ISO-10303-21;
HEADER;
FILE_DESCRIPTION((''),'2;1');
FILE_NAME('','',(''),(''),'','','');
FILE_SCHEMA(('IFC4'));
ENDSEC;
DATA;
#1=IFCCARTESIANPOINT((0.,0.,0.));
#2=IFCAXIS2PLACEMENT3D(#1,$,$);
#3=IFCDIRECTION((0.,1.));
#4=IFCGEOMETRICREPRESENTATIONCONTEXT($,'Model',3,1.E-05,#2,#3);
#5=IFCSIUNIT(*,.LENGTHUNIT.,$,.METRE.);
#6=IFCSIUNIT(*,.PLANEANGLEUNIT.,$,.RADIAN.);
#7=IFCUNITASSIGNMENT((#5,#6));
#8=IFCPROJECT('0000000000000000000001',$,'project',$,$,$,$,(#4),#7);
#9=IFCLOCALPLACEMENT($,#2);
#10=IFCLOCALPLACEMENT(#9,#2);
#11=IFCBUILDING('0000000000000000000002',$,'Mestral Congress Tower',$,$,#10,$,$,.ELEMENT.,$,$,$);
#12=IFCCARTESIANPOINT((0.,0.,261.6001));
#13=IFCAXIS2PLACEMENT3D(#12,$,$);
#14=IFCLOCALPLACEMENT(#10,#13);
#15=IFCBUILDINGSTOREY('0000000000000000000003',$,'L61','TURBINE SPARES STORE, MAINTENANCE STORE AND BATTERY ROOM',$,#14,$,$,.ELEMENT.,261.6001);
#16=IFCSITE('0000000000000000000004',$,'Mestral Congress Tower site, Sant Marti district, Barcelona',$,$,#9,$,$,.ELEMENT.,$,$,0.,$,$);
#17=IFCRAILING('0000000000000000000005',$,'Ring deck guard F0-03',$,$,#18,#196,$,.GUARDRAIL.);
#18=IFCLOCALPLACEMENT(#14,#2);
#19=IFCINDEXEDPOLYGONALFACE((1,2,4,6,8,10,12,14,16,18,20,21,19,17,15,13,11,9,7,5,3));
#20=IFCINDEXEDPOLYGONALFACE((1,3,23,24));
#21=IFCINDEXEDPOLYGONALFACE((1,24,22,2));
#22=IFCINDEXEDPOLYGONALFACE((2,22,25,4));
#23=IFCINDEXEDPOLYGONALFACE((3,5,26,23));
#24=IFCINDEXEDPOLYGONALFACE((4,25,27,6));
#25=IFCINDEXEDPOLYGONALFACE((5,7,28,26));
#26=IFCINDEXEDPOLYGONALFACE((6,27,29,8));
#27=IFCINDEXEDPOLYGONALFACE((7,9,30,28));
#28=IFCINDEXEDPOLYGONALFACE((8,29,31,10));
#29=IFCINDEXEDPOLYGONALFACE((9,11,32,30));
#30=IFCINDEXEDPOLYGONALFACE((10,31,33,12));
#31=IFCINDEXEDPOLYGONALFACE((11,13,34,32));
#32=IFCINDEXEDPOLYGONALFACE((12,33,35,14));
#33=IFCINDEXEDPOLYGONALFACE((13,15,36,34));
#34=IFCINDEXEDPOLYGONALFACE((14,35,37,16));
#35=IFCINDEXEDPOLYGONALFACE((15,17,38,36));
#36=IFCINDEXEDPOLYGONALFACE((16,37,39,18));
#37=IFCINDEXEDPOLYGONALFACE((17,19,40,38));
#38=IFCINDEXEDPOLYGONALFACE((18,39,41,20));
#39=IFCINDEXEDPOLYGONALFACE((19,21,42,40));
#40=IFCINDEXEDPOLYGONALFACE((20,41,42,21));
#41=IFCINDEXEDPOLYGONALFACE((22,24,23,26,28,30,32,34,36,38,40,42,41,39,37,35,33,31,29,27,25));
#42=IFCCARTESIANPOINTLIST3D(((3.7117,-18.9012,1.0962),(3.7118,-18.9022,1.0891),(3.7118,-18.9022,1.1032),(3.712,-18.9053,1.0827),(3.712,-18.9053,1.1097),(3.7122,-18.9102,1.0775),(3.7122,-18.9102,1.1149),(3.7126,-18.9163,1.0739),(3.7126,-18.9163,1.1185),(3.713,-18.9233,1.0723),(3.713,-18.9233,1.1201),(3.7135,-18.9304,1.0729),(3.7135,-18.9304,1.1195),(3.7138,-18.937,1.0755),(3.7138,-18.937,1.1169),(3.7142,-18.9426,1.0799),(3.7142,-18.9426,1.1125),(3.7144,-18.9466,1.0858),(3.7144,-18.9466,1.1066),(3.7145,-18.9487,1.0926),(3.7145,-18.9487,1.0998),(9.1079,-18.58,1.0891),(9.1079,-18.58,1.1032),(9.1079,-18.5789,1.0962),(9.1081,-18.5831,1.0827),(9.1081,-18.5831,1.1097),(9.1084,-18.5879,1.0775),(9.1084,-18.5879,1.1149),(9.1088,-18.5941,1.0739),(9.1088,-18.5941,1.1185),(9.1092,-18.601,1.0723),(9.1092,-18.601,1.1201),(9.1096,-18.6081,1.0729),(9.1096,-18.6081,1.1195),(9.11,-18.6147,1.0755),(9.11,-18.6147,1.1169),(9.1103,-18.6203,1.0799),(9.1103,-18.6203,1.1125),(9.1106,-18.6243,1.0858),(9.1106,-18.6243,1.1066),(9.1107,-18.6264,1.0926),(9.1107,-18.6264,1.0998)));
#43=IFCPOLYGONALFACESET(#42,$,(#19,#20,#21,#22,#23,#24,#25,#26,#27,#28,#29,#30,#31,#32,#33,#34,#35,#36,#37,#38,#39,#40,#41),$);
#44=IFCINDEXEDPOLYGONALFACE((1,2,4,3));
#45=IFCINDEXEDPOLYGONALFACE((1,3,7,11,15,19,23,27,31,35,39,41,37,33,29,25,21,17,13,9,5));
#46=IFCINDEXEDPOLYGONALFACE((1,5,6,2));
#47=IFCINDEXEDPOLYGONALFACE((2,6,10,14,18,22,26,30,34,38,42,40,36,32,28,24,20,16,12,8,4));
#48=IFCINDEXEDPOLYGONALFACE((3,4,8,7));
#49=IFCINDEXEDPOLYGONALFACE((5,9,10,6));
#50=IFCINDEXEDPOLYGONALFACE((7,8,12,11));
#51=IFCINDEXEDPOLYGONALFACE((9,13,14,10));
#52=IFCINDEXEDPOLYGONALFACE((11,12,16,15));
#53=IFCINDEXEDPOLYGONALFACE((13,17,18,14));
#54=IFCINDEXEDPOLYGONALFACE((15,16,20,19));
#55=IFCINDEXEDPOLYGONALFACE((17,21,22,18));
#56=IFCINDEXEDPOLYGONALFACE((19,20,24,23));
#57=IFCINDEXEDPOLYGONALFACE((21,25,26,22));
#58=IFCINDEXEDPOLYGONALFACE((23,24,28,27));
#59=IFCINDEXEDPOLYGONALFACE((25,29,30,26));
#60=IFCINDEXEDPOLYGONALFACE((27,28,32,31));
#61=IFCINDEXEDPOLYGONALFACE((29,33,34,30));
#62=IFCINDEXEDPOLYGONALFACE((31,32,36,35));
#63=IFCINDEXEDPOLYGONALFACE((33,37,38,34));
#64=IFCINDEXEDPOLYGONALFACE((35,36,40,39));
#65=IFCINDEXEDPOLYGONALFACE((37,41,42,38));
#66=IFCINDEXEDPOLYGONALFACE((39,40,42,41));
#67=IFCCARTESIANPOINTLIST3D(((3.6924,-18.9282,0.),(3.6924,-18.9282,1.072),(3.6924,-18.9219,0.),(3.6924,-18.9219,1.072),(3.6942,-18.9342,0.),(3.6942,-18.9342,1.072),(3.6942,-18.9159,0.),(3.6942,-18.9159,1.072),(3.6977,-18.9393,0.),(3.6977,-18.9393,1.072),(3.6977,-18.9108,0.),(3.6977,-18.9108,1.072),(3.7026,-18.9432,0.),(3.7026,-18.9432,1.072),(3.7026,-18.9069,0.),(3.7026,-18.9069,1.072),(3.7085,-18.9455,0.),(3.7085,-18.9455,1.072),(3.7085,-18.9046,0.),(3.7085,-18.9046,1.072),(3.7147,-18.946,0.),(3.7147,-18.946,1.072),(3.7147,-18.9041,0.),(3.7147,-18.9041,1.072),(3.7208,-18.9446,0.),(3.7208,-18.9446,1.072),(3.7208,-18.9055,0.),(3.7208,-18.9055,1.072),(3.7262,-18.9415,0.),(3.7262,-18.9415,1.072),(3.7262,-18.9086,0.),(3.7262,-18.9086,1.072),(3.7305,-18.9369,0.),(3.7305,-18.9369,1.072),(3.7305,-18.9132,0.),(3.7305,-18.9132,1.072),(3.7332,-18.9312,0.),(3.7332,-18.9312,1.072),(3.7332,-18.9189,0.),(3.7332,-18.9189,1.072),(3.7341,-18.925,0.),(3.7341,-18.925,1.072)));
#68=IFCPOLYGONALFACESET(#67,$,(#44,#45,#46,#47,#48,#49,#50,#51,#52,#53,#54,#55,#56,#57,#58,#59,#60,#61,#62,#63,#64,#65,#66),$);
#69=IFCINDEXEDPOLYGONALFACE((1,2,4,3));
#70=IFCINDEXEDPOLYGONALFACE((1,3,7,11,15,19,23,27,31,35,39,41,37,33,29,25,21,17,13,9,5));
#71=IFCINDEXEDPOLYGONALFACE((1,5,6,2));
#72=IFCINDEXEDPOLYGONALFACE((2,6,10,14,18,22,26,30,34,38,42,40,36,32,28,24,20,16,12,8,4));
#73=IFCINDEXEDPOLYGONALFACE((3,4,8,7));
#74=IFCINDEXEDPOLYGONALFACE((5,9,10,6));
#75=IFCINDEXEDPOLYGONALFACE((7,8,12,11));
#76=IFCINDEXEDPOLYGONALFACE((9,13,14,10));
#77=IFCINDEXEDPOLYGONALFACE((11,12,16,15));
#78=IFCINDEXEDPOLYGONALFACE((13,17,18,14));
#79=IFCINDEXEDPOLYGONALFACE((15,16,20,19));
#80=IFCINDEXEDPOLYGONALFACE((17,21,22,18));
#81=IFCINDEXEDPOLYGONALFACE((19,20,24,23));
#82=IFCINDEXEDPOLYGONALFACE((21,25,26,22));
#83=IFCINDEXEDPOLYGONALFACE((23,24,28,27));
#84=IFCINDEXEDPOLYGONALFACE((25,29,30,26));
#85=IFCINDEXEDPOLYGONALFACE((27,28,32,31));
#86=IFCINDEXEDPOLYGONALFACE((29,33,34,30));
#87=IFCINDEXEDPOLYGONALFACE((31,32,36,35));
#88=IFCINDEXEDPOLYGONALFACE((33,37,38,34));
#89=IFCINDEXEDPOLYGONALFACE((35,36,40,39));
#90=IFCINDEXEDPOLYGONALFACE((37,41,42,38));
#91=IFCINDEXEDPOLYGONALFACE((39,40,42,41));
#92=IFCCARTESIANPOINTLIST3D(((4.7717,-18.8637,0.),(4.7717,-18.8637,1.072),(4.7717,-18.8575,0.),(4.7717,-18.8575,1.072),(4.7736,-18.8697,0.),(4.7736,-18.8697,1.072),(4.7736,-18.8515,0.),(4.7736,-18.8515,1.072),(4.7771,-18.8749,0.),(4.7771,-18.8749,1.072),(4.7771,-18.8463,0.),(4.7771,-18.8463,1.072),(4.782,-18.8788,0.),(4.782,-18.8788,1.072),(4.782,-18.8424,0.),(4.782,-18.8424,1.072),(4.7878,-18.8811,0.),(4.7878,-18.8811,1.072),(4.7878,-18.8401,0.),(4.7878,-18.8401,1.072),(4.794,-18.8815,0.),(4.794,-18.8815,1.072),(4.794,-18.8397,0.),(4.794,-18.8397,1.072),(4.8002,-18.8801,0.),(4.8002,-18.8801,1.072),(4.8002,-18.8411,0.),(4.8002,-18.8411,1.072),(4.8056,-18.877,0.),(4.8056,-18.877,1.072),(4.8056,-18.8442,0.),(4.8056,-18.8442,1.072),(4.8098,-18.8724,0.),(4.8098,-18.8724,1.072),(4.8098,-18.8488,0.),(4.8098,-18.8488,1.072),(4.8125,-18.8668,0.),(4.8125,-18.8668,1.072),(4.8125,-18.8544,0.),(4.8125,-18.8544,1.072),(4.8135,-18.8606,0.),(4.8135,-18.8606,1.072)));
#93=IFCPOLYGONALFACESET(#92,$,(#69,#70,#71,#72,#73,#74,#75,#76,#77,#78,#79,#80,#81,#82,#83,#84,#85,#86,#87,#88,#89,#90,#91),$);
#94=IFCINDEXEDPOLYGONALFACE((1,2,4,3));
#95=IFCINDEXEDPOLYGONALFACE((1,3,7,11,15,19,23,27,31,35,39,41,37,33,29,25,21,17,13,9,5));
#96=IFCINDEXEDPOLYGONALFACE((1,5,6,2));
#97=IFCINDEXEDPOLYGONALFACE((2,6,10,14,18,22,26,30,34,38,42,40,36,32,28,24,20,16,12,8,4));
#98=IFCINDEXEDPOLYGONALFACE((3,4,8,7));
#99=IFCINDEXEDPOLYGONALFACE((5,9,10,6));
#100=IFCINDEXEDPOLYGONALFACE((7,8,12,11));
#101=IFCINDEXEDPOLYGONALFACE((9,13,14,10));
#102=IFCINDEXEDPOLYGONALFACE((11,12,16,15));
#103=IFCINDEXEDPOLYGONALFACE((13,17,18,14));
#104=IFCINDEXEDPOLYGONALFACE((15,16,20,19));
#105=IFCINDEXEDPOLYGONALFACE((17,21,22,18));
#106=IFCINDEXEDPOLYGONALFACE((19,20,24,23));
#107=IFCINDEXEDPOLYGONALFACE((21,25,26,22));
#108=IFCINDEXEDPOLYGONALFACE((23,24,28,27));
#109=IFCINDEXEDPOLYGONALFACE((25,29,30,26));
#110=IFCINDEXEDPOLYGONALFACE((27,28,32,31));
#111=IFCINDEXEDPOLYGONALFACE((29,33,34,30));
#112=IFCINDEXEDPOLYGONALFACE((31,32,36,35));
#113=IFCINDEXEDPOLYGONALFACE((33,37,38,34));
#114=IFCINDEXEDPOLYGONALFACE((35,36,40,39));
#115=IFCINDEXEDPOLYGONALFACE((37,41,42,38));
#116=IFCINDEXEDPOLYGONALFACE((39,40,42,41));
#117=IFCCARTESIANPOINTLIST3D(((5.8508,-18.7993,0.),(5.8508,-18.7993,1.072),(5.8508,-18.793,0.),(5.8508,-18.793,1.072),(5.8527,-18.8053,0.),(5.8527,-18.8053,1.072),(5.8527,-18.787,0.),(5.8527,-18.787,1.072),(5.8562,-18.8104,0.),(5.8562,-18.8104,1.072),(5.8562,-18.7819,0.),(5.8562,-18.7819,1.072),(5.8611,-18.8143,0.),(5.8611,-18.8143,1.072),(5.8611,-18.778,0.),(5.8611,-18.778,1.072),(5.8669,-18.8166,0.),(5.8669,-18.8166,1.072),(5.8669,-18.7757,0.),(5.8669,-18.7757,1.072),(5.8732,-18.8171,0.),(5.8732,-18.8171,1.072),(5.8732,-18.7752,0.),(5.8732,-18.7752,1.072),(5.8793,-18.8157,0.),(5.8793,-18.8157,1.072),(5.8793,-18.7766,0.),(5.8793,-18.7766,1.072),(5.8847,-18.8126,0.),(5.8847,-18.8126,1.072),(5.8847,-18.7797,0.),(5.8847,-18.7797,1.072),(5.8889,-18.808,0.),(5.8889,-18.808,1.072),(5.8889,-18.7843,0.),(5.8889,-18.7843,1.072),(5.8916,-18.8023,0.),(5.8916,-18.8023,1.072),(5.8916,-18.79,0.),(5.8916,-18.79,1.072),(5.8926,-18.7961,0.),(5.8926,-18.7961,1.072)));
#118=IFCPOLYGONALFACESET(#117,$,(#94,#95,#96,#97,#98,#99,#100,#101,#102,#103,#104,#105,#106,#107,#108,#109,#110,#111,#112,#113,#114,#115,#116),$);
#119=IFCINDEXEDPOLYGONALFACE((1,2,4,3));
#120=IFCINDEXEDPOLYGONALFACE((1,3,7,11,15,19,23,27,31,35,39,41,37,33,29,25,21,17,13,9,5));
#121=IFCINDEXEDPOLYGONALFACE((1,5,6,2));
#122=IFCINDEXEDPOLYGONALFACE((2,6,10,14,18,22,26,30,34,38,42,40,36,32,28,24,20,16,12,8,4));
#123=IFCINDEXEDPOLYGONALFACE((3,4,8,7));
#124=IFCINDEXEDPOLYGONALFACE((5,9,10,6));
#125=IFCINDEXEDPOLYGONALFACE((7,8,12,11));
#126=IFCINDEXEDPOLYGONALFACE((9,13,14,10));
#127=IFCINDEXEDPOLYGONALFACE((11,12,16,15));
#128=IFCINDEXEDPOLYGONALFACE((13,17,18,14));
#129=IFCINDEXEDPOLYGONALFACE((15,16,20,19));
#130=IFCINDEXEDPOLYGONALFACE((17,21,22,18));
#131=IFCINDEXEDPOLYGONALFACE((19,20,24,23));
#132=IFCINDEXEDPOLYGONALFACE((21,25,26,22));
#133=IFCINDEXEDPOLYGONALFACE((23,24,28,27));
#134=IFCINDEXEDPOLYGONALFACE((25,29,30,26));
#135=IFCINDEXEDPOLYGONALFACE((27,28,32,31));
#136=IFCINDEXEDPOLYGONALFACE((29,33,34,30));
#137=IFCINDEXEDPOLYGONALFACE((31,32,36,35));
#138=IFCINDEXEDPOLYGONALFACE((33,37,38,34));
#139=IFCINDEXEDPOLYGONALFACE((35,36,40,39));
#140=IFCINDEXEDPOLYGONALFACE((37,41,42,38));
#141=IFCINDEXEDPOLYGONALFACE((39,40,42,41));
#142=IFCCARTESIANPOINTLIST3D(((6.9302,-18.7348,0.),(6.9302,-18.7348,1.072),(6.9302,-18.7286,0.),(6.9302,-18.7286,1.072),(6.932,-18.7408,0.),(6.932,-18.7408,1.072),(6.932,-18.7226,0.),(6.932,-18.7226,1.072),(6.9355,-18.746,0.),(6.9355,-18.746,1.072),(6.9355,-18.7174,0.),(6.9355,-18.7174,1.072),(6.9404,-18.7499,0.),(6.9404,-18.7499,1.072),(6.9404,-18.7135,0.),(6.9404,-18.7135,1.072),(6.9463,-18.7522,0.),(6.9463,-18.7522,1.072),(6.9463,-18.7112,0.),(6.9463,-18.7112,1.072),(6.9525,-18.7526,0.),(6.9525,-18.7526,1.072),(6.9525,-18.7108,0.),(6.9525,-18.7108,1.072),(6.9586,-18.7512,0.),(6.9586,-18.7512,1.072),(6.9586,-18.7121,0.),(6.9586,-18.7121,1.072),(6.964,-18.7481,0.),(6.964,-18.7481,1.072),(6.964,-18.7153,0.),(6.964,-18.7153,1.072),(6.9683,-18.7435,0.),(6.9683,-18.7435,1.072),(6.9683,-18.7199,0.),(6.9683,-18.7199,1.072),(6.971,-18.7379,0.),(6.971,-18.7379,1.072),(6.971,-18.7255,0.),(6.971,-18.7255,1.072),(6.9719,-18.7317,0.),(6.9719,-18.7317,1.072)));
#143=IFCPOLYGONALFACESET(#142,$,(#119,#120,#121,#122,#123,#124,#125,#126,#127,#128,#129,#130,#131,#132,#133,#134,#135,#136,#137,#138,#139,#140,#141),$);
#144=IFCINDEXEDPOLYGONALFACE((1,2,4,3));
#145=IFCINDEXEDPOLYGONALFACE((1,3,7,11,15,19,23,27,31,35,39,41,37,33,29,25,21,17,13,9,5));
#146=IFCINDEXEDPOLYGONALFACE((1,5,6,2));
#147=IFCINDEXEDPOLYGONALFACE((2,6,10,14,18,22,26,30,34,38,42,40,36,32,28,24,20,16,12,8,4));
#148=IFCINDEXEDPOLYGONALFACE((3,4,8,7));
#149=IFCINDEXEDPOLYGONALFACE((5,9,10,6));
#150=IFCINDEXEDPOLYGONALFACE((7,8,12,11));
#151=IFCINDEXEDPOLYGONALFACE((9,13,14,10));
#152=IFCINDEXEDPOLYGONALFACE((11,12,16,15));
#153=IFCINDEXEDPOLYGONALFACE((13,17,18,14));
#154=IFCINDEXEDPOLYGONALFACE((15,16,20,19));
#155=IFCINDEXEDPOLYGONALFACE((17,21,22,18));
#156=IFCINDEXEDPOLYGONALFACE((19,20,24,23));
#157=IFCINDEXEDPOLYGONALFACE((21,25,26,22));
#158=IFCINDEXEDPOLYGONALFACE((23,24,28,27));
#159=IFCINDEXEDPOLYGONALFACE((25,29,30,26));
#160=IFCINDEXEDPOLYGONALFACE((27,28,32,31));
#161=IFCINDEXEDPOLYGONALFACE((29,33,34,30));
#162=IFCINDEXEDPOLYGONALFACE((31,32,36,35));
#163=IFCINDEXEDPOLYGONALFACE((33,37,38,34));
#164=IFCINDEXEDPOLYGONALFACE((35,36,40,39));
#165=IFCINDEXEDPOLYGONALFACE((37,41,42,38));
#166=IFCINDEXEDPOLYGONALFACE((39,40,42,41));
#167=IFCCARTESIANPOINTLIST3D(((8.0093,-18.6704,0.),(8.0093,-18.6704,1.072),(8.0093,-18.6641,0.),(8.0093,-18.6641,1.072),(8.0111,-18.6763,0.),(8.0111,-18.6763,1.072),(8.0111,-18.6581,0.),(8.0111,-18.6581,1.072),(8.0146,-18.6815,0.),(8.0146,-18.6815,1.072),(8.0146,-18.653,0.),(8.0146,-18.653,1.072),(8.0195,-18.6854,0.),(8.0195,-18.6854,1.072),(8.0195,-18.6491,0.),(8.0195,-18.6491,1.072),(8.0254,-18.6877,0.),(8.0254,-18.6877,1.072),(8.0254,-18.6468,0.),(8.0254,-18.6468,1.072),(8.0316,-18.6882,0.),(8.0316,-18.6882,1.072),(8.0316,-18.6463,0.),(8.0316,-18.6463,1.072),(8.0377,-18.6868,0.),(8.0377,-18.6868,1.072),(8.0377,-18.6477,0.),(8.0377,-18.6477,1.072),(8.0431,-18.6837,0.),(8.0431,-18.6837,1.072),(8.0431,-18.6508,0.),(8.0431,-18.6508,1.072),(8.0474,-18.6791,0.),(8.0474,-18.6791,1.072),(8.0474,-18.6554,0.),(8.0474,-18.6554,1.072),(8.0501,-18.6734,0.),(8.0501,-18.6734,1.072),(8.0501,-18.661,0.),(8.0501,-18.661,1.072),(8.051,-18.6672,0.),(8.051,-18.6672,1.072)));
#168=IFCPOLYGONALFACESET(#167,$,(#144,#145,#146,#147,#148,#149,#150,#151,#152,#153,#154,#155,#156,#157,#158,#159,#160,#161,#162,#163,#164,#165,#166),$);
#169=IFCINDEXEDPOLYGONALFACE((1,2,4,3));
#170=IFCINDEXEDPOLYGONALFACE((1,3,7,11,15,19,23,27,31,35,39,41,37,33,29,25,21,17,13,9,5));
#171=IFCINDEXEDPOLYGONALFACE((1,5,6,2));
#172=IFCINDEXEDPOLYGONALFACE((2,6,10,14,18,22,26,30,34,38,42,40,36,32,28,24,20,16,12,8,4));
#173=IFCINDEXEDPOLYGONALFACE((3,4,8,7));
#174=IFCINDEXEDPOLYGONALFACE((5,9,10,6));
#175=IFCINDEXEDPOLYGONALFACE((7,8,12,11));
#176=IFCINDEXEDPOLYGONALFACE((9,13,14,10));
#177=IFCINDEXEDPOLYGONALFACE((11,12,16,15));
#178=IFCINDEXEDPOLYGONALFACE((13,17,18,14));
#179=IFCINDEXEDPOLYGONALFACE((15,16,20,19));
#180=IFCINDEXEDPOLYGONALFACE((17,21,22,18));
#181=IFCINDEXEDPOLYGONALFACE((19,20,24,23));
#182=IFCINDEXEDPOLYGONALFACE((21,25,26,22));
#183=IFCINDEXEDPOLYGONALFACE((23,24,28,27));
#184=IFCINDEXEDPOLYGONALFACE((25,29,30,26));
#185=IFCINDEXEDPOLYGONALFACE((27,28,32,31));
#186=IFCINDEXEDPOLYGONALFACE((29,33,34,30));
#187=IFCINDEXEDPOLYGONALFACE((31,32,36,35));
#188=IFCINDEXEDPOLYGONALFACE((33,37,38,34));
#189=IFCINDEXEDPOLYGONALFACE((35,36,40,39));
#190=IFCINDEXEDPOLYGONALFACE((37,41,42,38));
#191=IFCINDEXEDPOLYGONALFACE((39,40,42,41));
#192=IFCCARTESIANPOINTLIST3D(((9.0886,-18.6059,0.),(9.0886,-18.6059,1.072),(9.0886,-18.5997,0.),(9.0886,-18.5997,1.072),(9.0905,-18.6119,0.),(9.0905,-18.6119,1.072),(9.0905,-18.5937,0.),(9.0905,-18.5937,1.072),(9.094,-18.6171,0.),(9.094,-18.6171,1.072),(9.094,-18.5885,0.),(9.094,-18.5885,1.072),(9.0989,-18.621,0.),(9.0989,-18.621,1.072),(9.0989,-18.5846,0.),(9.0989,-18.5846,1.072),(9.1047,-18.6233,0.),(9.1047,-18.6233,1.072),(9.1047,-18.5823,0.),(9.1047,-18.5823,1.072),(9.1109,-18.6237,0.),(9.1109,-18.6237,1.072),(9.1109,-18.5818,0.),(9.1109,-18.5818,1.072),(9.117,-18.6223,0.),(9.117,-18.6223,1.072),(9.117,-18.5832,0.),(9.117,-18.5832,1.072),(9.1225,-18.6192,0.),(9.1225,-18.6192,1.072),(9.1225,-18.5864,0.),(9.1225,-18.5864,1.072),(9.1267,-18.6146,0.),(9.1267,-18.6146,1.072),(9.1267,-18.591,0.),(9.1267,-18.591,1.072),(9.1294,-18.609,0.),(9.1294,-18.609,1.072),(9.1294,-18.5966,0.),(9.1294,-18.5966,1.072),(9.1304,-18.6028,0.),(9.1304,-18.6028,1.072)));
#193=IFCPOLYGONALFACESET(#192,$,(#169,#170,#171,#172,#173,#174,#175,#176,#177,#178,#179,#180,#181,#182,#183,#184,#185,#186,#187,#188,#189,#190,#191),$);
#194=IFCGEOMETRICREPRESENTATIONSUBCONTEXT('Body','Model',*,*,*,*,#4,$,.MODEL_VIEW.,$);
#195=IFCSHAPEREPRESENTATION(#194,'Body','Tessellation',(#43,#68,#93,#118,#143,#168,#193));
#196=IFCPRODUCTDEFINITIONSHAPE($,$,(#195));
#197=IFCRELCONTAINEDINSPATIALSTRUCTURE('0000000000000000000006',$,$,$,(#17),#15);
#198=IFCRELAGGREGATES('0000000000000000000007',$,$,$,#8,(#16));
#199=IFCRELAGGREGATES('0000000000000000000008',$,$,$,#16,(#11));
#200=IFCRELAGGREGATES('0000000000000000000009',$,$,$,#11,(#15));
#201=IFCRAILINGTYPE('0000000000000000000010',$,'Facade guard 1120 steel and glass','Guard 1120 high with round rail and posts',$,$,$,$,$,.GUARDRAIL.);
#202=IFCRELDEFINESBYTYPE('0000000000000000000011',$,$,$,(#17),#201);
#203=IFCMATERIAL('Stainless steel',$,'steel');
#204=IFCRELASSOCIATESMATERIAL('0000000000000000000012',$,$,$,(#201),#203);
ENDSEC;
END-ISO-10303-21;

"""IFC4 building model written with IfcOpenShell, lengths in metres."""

from ifc_helpers import new_model, si_unit, direction, frame, origin, origin_2d, place, context, subcontext, project, spatial, circle, extrude, material, type_object, element, save


model = new_model("IFC4")

# Units and contexts
model_context = context("Model", 3, precision=1e-05, world=origin(), true_north=direction((0.0, 1.0)))
body_context = subcontext(model_context, "Body", "Model", "MODEL_VIEW")
ifc_project = project(units=[si_unit("LENGTHUNIT", "METRE"), si_unit("PLANEANGLEUNIT", "RADIAN")], contexts=[model_context])

# Site, building, storey
site_placement = place(None, origin())
site = spatial("IfcSite", under=ifc_project, at=site_placement, Name="Mestral Congress Tower site, Sant Marti district, Barcelona", CompositionType="ELEMENT", RefElevation=0.0)
building_placement = place(site_placement, origin())
building = spatial("IfcBuilding", under=site, at=building_placement, Name="Mestral Congress Tower", CompositionType="ELEMENT")
storey_placement = place(building_placement, frame((0.0, 0.0, 261.6001)))
storey = spatial("IfcBuildingStorey", under=building, at=storey_placement, Name="L61", Description="TURBINE SPARES STORE, MAINTENANCE STORE AND BATTERY ROOM", CompositionType="ELEMENT", Elevation=261.6001)

# Railing
ifc_material_1 = material(Name="Stainless steel", Category="steel")
railing_type = type_object("IfcRailingType", Name="Facade guard 1120 steel and glass", Description="Guard 1120 high with round rail and posts", PredefinedType="GUARDRAIL", material=ifc_material_1)
railing_1_placement = place(storey_placement, frame((3.7131, -18.925, 0.0)))
element("IfcRailing", 1, at=railing_1_placement, inside=storey, type_object=railing_type, Name="Ring deck guard F0-03", PredefinedType="GUARDRAIL", context=body_context, shape_type="SweptSolid", body=[
    extrude(circle(Radius=0.0239, at=origin_2d()), frame((0.0, 0.0, 1.0962), z_axis=(0.998221, 0.059614, 0.0), x_axis=(-0.059614, 0.998221, 0.0)), (0.0, 0.0, 1.0), 5.4058),
    extrude(circle(Radius=0.021, at=origin_2d()), origin(), (0.0, 0.0, 1.0), 1.072),
    extrude(circle(Radius=0.021, at=origin_2d()), frame((1.0793, 0.0645, 0.0)), (0.0, 0.0, 1.0), 1.072),
    extrude(circle(Radius=0.021, at=origin_2d()), frame((2.1584, 0.1289, 0.0)), (0.0, 0.0, 1.0), 1.072),
    extrude(circle(Radius=0.021, at=origin_2d()), frame((3.2378, 0.1934, 0.0)), (0.0, 0.0, 1.0), 1.072),
    extrude(circle(Radius=0.021, at=origin_2d()), frame((4.3169, 0.2578, 0.0)), (0.0, 0.0, 1.0), 1.072),
    extrude(circle(Radius=0.021, at=origin_2d()), frame((5.3962, 0.3223, 0.0)), (0.0, 0.0, 1.0), 1.072),
])

save(model, "model.ifc")
